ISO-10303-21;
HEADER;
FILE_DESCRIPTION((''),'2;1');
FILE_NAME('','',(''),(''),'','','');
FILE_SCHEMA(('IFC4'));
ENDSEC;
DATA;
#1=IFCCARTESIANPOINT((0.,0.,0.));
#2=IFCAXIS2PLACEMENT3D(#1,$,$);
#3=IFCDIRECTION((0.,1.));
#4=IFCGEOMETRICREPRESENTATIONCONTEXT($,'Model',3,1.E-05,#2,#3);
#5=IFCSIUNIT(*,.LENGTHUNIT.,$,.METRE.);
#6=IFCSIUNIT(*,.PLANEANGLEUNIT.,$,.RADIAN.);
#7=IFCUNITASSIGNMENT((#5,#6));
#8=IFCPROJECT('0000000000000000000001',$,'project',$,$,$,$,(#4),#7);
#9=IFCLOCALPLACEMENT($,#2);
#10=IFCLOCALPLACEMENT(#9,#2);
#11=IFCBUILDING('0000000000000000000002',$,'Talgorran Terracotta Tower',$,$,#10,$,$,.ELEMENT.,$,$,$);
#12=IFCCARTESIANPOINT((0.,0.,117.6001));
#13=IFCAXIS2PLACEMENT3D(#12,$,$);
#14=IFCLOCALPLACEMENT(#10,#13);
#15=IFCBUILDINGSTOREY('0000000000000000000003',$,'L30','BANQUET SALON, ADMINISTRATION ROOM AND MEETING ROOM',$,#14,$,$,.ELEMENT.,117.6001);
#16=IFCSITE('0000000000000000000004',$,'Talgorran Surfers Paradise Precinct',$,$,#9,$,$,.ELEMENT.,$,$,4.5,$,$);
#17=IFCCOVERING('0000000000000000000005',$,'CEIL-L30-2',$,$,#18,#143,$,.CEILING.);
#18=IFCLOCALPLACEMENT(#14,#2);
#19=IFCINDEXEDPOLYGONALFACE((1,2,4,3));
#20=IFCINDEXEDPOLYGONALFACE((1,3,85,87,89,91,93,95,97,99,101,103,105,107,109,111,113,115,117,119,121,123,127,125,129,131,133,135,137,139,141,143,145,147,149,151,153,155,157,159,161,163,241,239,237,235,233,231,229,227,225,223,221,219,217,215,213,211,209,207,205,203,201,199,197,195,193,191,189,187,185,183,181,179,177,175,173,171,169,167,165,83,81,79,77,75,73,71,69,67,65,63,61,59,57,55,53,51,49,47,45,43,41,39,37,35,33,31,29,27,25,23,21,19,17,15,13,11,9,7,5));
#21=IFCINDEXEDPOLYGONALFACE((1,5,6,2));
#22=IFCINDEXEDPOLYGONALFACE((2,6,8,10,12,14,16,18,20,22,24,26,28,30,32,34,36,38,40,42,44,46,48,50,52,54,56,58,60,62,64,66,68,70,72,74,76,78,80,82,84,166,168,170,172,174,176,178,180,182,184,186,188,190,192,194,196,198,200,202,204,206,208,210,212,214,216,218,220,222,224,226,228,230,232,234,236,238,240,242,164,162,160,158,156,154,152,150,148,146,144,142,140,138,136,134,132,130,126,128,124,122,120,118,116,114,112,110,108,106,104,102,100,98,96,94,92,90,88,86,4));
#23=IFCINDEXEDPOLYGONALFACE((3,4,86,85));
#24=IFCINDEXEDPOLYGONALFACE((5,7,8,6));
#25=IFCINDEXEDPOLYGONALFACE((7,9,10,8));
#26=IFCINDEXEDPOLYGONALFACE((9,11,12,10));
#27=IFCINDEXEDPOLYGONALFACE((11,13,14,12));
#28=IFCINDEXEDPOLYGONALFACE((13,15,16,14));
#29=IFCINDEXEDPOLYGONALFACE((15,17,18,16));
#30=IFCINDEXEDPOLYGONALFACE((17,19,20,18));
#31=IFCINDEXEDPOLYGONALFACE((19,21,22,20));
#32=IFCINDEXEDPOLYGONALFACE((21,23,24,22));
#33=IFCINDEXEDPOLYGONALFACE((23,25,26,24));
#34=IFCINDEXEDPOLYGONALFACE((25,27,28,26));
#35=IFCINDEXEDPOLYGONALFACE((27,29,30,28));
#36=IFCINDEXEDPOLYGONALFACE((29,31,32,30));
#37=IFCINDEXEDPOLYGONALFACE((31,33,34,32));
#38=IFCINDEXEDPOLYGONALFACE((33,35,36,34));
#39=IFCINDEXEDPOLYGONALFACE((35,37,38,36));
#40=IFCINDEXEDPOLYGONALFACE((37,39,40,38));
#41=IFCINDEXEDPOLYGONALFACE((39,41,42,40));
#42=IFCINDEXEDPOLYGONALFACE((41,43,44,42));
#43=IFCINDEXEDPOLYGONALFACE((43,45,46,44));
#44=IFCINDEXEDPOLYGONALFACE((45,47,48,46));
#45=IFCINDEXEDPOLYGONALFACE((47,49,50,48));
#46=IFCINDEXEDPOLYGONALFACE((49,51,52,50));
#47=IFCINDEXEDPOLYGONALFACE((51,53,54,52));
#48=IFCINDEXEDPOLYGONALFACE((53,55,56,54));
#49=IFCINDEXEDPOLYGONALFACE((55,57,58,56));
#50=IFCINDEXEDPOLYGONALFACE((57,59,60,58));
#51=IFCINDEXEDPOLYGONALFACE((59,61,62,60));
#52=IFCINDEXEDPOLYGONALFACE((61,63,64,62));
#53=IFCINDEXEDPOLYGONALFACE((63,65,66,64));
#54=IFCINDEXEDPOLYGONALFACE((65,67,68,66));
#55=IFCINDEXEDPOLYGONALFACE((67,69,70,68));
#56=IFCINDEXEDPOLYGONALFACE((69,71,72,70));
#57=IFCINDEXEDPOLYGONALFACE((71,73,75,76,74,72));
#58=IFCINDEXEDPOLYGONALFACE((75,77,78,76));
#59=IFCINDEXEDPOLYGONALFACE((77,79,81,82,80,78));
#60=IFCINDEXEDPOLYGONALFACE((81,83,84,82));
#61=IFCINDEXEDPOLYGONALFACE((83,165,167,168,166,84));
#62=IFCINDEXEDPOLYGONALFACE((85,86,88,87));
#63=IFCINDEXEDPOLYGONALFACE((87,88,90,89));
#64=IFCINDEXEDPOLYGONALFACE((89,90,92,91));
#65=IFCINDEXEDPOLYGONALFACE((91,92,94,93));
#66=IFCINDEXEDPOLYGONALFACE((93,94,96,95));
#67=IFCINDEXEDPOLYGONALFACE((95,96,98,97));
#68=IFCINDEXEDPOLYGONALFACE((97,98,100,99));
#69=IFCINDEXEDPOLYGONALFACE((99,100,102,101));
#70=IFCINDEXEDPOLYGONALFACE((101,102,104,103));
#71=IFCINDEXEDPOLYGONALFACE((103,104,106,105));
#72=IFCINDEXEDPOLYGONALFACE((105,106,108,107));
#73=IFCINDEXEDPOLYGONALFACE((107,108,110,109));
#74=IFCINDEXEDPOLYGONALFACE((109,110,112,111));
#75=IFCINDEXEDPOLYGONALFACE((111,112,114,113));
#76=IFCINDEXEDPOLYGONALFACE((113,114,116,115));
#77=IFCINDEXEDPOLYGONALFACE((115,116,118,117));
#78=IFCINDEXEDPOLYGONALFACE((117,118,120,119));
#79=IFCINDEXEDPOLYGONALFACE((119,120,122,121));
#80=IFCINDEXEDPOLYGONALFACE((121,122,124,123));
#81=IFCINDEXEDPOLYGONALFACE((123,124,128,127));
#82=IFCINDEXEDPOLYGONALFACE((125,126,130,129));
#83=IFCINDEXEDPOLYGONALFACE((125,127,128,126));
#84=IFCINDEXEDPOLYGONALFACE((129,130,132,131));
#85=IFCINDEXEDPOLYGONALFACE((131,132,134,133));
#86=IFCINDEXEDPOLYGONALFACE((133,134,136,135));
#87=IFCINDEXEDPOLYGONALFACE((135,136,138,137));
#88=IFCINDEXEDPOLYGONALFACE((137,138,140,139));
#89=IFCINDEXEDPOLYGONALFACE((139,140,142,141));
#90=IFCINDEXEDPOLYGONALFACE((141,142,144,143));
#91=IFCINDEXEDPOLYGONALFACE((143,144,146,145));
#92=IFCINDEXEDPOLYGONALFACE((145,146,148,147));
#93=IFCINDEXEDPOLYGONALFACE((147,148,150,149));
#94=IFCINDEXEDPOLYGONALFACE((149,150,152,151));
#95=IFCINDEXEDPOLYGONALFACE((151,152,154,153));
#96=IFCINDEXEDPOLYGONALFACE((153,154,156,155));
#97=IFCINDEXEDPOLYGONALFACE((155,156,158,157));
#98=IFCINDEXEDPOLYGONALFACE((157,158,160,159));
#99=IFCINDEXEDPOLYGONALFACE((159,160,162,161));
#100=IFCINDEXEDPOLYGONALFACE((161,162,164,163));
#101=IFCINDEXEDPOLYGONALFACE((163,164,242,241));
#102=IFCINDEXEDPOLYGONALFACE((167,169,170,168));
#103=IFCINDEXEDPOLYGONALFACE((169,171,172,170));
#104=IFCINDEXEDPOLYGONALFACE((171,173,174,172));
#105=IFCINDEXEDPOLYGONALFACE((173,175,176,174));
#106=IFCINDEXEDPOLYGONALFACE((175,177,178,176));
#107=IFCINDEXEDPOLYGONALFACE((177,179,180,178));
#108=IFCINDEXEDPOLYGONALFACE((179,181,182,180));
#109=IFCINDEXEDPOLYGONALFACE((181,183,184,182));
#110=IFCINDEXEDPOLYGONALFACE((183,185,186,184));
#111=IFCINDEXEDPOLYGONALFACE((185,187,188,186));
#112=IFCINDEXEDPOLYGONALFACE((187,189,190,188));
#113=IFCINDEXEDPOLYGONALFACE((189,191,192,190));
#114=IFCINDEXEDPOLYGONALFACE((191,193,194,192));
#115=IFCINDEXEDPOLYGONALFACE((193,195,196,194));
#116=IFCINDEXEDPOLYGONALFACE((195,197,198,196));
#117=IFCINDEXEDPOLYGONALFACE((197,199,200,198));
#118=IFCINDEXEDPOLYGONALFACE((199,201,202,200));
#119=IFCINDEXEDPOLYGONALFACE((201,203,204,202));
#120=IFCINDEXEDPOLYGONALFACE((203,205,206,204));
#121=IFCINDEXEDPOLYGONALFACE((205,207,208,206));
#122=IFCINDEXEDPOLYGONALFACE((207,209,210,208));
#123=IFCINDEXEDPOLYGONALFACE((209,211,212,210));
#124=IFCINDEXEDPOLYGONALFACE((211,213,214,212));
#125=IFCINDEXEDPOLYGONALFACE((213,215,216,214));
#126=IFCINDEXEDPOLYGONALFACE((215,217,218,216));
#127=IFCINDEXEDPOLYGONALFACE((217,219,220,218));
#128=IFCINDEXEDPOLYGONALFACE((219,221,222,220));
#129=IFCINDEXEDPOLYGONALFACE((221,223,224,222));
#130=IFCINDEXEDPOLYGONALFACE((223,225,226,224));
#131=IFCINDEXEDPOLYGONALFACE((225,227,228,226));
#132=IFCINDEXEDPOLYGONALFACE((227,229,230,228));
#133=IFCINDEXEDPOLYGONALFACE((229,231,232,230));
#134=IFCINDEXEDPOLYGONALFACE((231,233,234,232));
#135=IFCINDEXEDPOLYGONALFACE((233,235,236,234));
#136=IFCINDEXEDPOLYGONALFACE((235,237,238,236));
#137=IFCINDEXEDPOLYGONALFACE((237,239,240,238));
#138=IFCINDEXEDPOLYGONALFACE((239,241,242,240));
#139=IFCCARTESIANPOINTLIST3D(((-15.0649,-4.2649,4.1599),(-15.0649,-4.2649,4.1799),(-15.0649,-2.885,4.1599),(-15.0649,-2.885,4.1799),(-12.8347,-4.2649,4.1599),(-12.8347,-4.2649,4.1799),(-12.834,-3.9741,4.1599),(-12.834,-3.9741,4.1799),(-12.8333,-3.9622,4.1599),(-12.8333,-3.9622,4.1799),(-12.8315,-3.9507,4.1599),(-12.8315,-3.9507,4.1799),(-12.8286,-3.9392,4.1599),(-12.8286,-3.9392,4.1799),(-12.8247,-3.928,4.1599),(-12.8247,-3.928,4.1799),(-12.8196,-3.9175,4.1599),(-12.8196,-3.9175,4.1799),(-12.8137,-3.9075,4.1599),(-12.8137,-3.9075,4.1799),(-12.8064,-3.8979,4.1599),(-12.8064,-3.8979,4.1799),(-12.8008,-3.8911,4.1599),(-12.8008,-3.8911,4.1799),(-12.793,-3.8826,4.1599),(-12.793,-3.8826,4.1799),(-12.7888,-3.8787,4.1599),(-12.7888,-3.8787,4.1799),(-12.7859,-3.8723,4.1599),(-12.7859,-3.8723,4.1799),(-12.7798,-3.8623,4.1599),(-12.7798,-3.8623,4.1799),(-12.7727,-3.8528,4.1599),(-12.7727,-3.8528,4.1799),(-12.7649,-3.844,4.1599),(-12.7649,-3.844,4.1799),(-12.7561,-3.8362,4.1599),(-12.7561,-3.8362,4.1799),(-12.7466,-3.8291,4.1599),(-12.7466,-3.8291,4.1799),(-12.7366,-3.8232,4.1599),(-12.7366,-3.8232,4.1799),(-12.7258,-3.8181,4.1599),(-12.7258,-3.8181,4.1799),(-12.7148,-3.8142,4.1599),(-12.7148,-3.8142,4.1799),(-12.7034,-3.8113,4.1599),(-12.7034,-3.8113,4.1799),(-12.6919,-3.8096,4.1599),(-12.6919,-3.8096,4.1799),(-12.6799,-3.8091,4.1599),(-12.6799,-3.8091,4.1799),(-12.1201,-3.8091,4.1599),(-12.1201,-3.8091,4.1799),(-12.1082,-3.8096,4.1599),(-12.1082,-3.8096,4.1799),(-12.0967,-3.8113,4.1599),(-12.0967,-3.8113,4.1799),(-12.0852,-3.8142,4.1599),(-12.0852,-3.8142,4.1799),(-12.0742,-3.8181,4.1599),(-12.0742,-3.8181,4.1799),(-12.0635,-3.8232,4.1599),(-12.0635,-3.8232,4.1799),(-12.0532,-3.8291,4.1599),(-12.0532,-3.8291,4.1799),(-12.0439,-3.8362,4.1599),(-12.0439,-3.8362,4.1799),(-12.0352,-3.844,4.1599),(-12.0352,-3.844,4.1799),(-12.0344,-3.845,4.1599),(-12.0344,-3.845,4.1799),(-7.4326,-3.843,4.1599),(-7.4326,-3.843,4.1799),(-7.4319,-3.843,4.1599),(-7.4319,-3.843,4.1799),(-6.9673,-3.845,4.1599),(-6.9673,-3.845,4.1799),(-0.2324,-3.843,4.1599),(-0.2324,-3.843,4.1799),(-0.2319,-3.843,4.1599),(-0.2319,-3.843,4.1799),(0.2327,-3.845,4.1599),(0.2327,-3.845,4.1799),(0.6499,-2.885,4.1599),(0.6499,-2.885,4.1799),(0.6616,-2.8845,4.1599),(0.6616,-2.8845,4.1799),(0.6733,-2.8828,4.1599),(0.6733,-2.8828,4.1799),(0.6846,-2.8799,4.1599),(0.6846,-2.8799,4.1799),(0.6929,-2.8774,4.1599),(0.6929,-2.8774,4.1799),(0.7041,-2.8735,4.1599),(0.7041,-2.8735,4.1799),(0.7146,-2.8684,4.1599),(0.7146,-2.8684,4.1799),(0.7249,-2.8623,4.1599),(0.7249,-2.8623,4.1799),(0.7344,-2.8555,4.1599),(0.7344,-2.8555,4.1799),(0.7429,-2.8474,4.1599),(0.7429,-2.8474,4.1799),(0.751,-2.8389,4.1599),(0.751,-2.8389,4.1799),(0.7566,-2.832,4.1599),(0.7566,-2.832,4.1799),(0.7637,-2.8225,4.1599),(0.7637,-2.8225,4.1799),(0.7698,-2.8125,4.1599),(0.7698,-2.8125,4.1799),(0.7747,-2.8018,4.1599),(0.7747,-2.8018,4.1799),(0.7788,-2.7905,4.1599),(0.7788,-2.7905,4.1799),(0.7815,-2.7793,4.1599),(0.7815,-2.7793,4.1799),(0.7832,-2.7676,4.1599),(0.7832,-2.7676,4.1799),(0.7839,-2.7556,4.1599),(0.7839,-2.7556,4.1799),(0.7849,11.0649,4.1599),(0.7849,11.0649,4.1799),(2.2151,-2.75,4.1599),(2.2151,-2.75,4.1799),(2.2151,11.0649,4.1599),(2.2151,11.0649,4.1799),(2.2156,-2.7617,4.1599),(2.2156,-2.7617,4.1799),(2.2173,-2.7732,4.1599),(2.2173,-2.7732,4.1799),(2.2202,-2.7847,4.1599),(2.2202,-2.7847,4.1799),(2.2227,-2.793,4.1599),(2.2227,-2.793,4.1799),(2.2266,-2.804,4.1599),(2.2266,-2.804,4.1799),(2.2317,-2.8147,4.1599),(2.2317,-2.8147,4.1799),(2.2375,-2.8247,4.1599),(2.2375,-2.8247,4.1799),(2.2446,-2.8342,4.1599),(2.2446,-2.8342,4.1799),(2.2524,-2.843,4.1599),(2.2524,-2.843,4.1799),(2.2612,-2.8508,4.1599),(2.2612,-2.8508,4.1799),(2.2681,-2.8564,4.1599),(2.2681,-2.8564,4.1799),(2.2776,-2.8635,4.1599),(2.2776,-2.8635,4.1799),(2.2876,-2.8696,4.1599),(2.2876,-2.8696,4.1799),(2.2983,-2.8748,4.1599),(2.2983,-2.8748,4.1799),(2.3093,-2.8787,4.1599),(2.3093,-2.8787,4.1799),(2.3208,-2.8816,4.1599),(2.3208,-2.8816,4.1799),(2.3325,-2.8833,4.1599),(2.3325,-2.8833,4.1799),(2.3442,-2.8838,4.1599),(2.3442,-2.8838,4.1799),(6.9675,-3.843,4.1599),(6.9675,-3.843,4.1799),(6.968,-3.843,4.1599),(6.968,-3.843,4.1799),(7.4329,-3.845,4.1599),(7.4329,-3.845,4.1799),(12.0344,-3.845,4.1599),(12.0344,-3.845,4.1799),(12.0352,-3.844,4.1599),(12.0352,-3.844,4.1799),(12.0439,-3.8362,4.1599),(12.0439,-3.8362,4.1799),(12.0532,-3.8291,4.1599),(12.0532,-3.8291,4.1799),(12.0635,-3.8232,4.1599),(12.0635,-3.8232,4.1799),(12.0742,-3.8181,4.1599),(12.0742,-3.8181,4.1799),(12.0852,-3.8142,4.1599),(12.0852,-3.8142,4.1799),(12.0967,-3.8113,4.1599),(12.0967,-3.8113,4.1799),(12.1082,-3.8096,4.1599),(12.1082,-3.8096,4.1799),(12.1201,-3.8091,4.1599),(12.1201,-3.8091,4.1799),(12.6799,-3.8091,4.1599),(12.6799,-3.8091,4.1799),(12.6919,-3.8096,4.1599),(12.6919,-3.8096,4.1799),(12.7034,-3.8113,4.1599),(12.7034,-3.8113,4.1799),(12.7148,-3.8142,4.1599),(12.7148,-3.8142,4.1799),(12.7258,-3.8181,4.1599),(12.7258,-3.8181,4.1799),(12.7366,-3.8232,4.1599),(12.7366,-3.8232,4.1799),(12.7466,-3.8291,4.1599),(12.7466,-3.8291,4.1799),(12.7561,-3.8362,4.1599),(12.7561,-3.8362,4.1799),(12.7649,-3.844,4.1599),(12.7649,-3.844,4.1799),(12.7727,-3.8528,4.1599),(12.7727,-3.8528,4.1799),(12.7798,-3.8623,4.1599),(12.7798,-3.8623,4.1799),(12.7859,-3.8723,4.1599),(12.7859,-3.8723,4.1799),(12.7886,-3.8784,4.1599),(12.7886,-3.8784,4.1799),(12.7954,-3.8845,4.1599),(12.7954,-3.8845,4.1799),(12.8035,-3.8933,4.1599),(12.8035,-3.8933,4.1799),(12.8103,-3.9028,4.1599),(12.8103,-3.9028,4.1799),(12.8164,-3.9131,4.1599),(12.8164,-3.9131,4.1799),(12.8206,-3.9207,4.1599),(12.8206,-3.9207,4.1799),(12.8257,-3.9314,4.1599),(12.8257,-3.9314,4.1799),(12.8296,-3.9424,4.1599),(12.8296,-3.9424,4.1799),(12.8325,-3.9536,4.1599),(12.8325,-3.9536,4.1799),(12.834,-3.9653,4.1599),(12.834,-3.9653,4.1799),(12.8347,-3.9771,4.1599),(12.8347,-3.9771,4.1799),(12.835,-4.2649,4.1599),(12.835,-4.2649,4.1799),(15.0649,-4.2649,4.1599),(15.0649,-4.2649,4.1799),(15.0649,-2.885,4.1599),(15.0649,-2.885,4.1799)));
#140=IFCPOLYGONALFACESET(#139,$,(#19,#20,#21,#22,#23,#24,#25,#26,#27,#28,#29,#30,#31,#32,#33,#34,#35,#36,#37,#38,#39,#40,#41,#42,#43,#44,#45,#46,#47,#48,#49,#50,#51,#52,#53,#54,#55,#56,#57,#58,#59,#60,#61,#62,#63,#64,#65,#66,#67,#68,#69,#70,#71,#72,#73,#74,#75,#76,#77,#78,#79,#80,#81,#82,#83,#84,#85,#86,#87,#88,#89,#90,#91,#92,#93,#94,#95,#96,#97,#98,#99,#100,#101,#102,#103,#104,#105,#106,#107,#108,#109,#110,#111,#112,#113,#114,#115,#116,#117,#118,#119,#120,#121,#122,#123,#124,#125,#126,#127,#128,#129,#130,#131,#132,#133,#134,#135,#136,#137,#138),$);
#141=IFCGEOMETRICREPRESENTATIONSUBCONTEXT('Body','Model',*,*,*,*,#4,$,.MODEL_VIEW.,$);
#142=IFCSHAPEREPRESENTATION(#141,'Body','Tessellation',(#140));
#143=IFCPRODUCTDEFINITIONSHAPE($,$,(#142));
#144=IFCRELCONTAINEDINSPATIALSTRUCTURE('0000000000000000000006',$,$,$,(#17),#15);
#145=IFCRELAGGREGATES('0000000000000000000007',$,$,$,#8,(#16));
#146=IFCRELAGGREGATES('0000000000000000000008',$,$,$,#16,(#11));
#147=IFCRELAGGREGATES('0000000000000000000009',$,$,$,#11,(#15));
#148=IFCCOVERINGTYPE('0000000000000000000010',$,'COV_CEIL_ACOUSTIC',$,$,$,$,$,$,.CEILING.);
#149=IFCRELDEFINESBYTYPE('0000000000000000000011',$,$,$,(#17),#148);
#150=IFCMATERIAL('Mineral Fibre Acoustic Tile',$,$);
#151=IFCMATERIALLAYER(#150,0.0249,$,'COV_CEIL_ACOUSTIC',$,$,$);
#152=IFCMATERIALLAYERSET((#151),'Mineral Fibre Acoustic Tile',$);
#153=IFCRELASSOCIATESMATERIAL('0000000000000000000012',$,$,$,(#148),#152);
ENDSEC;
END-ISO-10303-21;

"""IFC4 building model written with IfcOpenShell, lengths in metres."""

from ifc_helpers import new_model, si_unit, direction, frame, origin, place, context, subcontext, project, spatial, polyline, outline, extrude, material, layer, layer_set, type_object, element, save


model = new_model("IFC4")

# Units and contexts
model_context = context("Model", 3, precision=1e-05, world=origin(), true_north=direction((0.0, 1.0)))
body_context = subcontext(model_context, "Body", "Model", "MODEL_VIEW")
ifc_project = project(units=[si_unit("LENGTHUNIT", "METRE"), si_unit("PLANEANGLEUNIT", "RADIAN")], contexts=[model_context])

# Site, building, storey
site_placement = place(None, origin())
site = spatial("IfcSite", under=ifc_project, at=site_placement, Name="Talgorran Surfers Paradise Precinct", CompositionType="ELEMENT", RefElevation=4.5)
building_placement = place(site_placement, origin())
building = spatial("IfcBuilding", under=site, at=building_placement, Name="Talgorran Terracotta Tower", CompositionType="ELEMENT")
storey_placement = place(building_placement, frame((0.0, 0.0, 117.6001)))
storey = spatial("IfcBuildingStorey", under=building, at=storey_placement, Name="L30", Description="BANQUET SALON, ADMINISTRATION ROOM AND MEETING ROOM", CompositionType="ELEMENT", Elevation=117.6001)

# Covering
ifc_material_1 = material(Name="Mineral Fibre Acoustic Tile")
ifc_layer_1 = layer(ifc_material_1, 0.0249, Name="COV_CEIL_ACOUSTIC")
ifc_layer_set_1 = layer_set([ifc_layer_1], Name="Mineral Fibre Acoustic Tile")
covering_type_1 = type_object("IfcCoveringType", Name="COV_CEIL_ACOUSTIC", PredefinedType="CEILING", material=ifc_layer_set_1)
covering_1_placement = place(storey_placement, frame((0.0, 0.0, 4.1599)))
element("IfcCovering", 1, at=covering_1_placement, inside=storey, type_object=covering_type_1, Name="CEIL-L30-2", PredefinedType="CEILING", context=body_context, shape_type="SweptSolid", body=[
    extrude(outline(polyline([(-12.7888, -3.8787), (-12.793, -3.8826), (-12.8008, -3.8911), (-12.8064, -3.8979), (-12.8137, -3.9075), (-12.8196, -3.9175), (-12.8247, -3.928), (-12.8286, -3.9392), (-12.8315, -3.9507), (-12.8333, -3.9622), (-12.834, -3.9741), (-12.8347, -4.2649), (-15.0649, -4.2649), (-15.0649, -2.885), (0.6499, -2.885), (0.6616, -2.8845), (0.6733, -2.8828), (0.6846, -2.8799), (0.6929, -2.8774), (0.7041, -2.8735), (0.7146, -2.8684), (0.7249, -2.8623), (0.7344, -2.8555), (0.7429, -2.8474), (0.751, -2.8389), (0.7566, -2.832), (0.7637, -2.8225), (0.7698, -2.8125), (0.7747, -2.8018), (0.7788, -2.7905), (0.7815, -2.7793), (0.7832, -2.7676), (0.7839, -2.7556), (0.7849, 11.0649), (2.2151, 11.0649), (2.2151, -2.75), (2.2156, -2.7617), (2.2173, -2.7732), (2.2202, -2.7847), (2.2227, -2.793), (2.2266, -2.804), (2.2317, -2.8147), (2.2375, -2.8247), (2.2446, -2.8342), (2.2524, -2.843), (2.2612, -2.8508), (2.2681, -2.8564), (2.2776, -2.8635), (2.2876, -2.8696), (2.2983, -2.8748), (2.3093, -2.8787), (2.3208, -2.8816), (2.3325, -2.8833), (2.3442, -2.8838), (15.0649, -2.885), (15.0649, -4.2649), (12.835, -4.2649), (12.8347, -3.9771), (12.834, -3.9653), (12.8325, -3.9536), (12.8296, -3.9424), (12.8257, -3.9314), (12.8206, -3.9207), (12.8164, -3.9131), (12.8103, -3.9028), (12.8035, -3.8933), (12.7954, -3.8845), (12.7886, -3.8784), (12.7859, -3.8723), (12.7798, -3.8623), (12.7727, -3.8528), (12.7649, -3.844), (12.7561, -3.8362), (12.7466, -3.8291), (12.7366, -3.8232), (12.7258, -3.8181), (12.7148, -3.8142), (12.7034, -3.8113), (12.6919, -3.8096), (12.6799, -3.8091), (12.1201, -3.8091), (12.1082, -3.8096), (12.0967, -3.8113), (12.0852, -3.8142), (12.0742, -3.8181), (12.0635, -3.8232), (12.0532, -3.8291), (12.0439, -3.8362), (12.0352, -3.844), (12.0344, -3.845), (7.4329, -3.845), (6.968, -3.843), (6.9675, -3.843), (0.2327, -3.845), (-0.2319, -3.843), (-0.2324, -3.843), (-6.9673, -3.845), (-7.4319, -3.843), (-7.4326, -3.843), (-12.0344, -3.845), (-12.0352, -3.844), (-12.0439, -3.8362), (-12.0532, -3.8291), (-12.0635, -3.8232), (-12.0742, -3.8181), (-12.0852, -3.8142), (-12.0967, -3.8113), (-12.1082, -3.8096), (-12.1201, -3.8091), (-12.6799, -3.8091), (-12.6919, -3.8096), (-12.7034, -3.8113), (-12.7148, -3.8142), (-12.7258, -3.8181), (-12.7366, -3.8232), (-12.7466, -3.8291), (-12.7561, -3.8362), (-12.7649, -3.844), (-12.7727, -3.8528), (-12.7798, -3.8623), (-12.7859, -3.8723), (-12.7888, -3.8787)])), origin(), (0.0, 0.0, 1.0), 0.02),
])

save(model, "model.ifc")
